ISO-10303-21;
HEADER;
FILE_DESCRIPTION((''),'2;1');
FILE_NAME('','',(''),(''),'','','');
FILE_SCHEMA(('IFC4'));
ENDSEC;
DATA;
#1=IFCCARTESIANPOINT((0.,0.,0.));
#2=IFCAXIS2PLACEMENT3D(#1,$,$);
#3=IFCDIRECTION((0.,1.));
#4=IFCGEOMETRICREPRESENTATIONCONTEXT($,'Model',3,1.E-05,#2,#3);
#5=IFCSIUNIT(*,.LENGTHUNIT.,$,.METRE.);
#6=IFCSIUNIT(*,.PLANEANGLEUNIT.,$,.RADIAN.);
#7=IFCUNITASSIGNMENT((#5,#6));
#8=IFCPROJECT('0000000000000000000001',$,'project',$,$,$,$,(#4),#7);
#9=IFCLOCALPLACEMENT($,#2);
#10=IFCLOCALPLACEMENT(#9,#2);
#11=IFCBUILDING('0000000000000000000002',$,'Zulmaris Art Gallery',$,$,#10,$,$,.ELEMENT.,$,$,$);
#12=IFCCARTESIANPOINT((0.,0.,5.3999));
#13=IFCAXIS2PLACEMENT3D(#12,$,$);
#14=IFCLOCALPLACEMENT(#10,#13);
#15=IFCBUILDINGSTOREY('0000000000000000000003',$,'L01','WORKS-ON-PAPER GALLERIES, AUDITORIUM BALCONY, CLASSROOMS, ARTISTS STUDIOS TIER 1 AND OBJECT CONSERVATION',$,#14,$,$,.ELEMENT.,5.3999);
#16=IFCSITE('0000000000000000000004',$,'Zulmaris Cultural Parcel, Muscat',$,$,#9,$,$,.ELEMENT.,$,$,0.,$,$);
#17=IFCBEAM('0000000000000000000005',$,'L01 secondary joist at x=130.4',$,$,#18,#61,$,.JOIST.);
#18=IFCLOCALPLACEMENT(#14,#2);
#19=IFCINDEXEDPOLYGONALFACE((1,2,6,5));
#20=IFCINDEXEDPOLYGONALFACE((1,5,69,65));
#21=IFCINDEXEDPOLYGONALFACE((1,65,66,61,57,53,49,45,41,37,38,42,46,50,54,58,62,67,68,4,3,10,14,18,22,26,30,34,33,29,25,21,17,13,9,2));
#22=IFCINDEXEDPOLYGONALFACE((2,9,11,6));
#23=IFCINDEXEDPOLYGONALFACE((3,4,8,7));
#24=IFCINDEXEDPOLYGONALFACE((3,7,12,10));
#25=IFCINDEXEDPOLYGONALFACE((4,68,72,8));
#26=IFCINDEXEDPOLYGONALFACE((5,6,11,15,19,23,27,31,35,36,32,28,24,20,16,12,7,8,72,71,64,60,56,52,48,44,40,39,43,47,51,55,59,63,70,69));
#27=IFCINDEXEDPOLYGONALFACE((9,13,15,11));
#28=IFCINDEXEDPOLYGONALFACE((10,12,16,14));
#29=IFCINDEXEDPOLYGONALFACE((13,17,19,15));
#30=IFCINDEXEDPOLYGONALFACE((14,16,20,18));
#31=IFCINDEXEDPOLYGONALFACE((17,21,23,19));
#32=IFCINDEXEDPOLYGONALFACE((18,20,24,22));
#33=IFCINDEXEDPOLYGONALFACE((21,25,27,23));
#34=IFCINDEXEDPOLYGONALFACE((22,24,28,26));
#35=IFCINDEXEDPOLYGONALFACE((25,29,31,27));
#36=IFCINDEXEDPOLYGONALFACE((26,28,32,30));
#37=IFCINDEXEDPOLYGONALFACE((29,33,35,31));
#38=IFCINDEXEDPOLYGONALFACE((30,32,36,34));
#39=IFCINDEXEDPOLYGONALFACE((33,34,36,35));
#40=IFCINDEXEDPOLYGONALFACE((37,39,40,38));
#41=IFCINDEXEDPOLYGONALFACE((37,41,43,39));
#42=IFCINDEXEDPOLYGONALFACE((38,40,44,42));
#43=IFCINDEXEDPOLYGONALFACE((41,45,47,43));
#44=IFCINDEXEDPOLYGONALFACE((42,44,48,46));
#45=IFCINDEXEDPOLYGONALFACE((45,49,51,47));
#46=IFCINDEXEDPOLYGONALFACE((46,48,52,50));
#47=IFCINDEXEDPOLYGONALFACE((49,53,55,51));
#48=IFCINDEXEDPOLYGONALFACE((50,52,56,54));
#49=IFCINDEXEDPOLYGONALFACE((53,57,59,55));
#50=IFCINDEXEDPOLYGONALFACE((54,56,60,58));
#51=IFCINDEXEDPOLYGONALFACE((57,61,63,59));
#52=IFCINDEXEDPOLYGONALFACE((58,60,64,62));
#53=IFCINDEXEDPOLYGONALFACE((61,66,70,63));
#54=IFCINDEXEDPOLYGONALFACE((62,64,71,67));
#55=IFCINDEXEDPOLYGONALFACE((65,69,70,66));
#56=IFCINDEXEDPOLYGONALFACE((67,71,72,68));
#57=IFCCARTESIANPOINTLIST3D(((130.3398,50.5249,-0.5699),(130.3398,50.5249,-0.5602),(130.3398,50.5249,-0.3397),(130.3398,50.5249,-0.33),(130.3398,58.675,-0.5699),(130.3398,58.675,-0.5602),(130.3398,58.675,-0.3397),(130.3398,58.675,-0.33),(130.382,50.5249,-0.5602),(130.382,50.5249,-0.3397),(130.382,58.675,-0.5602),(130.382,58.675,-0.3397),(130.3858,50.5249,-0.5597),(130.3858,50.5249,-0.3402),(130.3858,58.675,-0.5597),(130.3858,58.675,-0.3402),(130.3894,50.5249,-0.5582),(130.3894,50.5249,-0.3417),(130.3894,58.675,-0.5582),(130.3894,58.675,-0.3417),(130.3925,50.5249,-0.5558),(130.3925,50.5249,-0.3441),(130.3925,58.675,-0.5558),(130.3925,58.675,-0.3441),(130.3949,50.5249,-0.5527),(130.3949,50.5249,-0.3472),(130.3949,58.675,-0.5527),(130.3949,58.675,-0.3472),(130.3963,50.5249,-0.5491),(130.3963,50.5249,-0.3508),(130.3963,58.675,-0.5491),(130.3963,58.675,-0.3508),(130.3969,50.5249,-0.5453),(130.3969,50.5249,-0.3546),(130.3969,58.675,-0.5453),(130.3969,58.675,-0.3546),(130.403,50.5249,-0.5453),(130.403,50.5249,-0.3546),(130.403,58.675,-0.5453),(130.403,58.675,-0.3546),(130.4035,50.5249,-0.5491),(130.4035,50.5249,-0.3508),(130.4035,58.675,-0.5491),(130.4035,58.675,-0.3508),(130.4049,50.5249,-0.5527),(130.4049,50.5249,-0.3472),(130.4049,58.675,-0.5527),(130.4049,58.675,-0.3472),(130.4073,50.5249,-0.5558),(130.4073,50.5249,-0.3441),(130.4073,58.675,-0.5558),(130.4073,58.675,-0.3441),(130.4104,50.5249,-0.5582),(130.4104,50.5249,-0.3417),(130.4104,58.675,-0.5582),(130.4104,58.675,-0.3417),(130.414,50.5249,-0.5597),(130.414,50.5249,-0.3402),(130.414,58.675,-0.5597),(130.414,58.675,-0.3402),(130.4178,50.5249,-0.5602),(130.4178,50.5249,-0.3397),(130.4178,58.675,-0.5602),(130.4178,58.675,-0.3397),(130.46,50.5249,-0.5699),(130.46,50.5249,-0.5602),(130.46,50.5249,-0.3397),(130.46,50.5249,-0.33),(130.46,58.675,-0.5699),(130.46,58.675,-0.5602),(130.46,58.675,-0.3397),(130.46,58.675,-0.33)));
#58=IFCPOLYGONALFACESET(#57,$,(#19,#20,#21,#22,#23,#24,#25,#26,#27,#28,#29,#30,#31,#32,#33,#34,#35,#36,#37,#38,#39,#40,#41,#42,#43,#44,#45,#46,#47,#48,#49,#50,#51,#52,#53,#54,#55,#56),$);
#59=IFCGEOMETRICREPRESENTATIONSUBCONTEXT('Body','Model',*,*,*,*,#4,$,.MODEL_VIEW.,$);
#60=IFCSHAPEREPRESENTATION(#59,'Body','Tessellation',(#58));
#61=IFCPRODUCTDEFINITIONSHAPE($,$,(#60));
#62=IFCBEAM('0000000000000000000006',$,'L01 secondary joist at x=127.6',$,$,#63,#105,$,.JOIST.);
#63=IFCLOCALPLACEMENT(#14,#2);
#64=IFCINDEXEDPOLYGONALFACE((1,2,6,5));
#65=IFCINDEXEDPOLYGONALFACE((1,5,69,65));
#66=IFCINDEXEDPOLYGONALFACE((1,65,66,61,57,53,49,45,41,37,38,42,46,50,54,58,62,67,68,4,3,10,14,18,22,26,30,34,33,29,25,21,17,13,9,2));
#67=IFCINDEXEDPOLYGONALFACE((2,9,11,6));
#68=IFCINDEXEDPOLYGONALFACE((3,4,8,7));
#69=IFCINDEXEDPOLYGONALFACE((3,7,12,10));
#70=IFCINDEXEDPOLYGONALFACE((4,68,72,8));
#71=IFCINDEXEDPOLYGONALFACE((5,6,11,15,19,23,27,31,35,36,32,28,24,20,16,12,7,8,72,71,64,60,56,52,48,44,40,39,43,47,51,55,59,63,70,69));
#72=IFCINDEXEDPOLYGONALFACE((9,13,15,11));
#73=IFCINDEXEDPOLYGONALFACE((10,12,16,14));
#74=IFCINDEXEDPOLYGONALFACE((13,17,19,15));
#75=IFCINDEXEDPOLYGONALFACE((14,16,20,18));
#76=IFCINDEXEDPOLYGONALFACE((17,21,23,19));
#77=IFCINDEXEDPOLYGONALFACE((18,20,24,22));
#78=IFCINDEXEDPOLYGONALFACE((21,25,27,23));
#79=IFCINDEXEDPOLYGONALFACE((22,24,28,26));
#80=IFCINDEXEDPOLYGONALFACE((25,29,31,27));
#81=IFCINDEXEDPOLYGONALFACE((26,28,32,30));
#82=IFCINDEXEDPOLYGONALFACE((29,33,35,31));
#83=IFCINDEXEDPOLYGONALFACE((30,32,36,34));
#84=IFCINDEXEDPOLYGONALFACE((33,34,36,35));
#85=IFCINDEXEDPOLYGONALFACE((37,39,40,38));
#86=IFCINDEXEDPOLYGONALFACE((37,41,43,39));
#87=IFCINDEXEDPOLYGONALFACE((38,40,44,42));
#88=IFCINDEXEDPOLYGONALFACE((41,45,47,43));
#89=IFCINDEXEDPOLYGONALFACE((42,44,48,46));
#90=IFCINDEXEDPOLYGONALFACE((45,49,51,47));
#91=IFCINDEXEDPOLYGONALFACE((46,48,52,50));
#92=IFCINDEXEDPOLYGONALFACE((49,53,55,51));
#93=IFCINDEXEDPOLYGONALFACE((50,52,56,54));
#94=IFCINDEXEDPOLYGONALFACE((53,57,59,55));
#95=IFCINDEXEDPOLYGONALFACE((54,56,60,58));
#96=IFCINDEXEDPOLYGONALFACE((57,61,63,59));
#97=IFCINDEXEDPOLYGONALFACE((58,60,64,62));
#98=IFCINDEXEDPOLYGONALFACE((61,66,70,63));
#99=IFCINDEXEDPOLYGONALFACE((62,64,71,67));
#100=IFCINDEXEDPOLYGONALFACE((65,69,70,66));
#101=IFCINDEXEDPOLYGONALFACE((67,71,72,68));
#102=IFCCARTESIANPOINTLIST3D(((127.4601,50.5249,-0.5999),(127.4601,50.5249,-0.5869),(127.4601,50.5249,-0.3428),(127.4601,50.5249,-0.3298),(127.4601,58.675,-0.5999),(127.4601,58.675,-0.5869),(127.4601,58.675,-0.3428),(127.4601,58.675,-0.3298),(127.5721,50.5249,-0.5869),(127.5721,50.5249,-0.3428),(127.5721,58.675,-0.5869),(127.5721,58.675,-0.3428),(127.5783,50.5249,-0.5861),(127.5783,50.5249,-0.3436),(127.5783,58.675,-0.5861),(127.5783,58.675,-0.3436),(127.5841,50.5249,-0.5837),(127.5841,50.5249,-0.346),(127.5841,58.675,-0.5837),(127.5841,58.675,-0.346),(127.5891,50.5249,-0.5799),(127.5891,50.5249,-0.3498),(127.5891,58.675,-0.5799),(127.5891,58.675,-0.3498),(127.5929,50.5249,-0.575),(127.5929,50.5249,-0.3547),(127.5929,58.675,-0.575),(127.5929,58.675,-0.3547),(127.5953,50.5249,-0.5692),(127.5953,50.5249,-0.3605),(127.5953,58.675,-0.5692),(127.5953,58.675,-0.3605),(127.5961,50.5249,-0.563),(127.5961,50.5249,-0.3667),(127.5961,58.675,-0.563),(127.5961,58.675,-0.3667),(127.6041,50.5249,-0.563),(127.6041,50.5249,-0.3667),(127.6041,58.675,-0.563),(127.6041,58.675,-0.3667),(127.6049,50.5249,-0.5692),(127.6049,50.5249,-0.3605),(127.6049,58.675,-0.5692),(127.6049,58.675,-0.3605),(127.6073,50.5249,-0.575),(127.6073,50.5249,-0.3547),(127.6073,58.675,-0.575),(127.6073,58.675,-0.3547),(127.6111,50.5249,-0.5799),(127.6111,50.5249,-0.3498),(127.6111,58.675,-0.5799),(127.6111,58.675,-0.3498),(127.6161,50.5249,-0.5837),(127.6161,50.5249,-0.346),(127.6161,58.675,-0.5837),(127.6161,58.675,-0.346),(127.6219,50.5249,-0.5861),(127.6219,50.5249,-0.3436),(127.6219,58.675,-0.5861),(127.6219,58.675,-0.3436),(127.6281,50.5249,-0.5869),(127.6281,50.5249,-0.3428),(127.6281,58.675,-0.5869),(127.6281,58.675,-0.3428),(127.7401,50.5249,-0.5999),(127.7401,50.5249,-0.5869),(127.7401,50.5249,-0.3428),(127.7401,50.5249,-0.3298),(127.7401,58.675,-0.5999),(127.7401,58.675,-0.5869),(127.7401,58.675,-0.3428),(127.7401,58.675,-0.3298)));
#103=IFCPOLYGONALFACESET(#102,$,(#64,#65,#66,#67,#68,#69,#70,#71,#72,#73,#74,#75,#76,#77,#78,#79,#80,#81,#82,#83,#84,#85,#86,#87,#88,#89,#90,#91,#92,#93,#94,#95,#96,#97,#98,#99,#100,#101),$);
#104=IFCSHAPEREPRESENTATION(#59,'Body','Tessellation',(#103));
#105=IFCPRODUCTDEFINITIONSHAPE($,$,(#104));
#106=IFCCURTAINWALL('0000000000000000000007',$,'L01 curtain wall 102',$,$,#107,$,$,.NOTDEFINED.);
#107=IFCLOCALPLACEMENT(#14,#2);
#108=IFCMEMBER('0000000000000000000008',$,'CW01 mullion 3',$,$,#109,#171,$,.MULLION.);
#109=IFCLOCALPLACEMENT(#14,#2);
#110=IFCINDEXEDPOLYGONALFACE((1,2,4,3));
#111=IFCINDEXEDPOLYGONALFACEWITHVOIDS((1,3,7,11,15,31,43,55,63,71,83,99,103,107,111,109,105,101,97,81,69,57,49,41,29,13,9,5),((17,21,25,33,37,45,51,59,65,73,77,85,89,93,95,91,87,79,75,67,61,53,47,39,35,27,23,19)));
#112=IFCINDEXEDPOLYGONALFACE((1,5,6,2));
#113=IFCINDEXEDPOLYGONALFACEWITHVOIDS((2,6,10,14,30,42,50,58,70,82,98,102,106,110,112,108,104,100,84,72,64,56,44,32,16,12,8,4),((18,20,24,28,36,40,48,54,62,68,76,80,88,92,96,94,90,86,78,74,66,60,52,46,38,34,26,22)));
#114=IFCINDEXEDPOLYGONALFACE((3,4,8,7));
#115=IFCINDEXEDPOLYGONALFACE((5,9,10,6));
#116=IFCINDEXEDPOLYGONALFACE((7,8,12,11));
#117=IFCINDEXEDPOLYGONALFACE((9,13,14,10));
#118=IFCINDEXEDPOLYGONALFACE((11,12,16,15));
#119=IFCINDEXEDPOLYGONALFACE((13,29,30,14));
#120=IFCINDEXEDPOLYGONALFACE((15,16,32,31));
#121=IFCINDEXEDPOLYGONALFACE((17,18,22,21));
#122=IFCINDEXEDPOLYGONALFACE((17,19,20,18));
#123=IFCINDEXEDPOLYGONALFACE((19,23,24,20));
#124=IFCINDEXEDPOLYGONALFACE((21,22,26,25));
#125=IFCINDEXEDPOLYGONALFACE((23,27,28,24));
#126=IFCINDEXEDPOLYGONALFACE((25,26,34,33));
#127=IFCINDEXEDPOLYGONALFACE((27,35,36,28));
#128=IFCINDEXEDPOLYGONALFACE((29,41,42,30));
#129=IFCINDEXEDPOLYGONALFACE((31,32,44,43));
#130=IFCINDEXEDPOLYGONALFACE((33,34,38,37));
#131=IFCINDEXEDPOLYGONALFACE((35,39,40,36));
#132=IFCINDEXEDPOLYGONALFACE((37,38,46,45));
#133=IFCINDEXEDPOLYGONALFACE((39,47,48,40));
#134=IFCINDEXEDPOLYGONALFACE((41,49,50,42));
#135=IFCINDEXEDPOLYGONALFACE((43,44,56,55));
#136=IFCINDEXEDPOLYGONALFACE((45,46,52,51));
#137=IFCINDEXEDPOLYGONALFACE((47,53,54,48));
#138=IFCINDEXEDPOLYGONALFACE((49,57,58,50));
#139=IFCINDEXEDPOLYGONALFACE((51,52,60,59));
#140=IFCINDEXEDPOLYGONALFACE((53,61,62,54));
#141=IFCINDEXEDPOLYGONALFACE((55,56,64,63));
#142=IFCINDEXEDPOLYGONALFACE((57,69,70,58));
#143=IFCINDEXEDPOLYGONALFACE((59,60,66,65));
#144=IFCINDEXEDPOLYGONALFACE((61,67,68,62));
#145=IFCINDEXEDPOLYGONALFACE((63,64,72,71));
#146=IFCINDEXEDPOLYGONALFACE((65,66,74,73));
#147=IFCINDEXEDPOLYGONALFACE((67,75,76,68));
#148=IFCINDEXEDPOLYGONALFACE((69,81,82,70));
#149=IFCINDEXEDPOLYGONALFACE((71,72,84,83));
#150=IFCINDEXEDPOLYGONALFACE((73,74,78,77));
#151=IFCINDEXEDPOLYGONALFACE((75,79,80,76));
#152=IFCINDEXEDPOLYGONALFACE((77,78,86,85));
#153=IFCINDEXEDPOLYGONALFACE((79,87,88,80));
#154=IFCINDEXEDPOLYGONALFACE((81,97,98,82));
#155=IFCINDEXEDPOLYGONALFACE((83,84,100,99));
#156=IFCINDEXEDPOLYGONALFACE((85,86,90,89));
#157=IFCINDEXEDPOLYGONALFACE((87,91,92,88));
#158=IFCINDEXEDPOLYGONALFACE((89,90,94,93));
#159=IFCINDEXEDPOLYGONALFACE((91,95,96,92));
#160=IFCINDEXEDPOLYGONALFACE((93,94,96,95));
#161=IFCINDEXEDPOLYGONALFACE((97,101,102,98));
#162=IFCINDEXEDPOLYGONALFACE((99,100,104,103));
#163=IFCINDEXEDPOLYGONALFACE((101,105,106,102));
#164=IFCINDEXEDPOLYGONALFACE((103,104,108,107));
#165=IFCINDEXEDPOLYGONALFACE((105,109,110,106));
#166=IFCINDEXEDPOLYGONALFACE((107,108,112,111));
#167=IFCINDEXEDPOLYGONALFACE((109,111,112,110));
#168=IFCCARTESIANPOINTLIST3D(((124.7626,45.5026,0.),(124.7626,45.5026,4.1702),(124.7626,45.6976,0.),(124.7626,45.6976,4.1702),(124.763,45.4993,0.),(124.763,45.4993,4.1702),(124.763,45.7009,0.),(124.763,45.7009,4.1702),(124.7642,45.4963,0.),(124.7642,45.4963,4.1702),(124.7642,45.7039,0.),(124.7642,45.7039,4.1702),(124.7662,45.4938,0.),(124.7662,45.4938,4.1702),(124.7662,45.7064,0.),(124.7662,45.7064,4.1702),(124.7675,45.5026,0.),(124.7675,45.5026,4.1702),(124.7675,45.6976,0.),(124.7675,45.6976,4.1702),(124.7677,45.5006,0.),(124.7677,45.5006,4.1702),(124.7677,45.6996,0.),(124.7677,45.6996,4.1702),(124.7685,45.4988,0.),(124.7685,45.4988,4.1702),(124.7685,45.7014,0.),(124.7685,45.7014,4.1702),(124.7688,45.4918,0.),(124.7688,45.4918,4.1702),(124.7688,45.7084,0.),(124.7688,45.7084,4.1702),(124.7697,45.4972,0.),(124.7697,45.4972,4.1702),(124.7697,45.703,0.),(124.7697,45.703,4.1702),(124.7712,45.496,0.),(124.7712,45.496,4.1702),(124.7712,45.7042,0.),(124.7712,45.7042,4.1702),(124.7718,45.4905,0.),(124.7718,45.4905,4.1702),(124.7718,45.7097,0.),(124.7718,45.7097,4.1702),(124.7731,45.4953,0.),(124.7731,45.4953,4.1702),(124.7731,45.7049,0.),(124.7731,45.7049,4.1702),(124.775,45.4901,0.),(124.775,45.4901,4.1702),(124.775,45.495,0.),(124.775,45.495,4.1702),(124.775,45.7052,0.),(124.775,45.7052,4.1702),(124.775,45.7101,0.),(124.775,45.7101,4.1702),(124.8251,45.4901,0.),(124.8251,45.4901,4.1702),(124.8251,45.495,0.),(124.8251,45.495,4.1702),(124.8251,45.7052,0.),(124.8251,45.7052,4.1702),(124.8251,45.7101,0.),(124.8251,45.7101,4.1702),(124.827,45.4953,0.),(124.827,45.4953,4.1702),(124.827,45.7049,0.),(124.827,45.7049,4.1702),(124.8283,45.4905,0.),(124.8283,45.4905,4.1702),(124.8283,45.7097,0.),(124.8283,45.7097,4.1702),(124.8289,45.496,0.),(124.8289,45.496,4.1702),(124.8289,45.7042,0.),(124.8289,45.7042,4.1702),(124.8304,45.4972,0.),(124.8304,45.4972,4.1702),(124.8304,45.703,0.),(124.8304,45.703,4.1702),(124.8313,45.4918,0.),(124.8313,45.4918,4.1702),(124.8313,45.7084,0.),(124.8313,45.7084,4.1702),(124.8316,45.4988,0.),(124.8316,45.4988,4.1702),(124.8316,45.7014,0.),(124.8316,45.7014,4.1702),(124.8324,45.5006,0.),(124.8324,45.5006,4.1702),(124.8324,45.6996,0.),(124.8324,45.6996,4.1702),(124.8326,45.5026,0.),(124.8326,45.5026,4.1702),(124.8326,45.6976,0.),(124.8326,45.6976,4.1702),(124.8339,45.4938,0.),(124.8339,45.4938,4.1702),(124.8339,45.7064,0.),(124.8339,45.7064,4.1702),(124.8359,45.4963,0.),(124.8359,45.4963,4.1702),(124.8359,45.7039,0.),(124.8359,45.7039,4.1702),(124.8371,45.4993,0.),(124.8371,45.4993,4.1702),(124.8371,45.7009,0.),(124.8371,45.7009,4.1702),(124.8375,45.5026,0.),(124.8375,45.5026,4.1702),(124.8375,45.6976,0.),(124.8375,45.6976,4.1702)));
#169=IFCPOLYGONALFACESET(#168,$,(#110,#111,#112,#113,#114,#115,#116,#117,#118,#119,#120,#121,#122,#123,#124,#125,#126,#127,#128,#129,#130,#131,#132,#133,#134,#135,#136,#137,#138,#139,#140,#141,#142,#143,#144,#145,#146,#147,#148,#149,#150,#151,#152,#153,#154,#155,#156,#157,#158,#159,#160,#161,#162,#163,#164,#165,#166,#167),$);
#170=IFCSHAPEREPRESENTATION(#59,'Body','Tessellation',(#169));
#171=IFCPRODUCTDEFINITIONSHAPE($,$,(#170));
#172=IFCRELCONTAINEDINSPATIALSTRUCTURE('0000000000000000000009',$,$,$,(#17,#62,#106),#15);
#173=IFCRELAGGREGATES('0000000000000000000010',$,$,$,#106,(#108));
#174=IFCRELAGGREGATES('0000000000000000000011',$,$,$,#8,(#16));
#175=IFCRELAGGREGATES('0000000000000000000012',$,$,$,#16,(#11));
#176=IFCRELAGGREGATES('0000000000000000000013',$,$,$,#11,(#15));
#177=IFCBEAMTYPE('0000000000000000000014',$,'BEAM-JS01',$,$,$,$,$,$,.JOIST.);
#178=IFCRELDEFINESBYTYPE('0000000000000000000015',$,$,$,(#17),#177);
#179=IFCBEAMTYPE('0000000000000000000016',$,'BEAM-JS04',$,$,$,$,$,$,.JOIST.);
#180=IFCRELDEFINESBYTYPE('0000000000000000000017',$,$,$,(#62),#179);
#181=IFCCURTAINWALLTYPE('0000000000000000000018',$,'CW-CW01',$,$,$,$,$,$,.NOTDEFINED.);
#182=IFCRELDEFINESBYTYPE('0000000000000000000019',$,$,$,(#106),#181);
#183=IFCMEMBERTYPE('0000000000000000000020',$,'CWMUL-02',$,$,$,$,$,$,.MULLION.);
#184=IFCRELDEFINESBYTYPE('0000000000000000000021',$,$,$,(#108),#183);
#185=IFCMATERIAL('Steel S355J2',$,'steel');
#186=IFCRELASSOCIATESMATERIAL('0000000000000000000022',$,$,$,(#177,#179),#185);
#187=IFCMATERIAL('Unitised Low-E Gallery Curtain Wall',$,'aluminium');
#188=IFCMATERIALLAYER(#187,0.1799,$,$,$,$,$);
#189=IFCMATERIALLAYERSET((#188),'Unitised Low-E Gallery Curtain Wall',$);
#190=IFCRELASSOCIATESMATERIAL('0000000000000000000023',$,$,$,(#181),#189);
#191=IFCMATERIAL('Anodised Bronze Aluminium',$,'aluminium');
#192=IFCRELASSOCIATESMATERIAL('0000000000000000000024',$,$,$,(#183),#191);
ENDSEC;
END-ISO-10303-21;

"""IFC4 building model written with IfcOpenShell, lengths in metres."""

from ifc_helpers import new_model, si_unit, direction, frame, origin, origin_2d, place, context, subcontext, project, spatial, hollow_rectangle, i_section, extrude, material, layer, layer_set, material_profile, profile_set, type_object, element, aggregate, save


model = new_model("IFC4")

# Units and contexts
model_context = context("Model", 3, precision=1e-05, world=origin(), true_north=direction((0.0, 1.0)))
body_context = subcontext(model_context, "Body", "Model", "MODEL_VIEW")
ifc_project = project(units=[si_unit("LENGTHUNIT", "METRE"), si_unit("PLANEANGLEUNIT", "RADIAN")], contexts=[model_context])

# Site, building, storey
site_placement = place(None, origin())
site = spatial("IfcSite", under=ifc_project, at=site_placement, Name="Zulmaris Cultural Parcel, Muscat", CompositionType="ELEMENT", RefElevation=0.0)
building_placement = place(site_placement, origin())
building = spatial("IfcBuilding", under=site, at=building_placement, Name="Zulmaris Art Gallery", CompositionType="ELEMENT")
storey_placement = place(building_placement, frame((0.0, 0.0, 5.3999)))
storey = spatial("IfcBuildingStorey", under=building, at=storey_placement, Name="L01", Description="WORKS-ON-PAPER GALLERIES, AUDITORIUM BALCONY, CLASSROOMS, ARTISTS STUDIOS TIER 1 AND OBJECT CONSERVATION", CompositionType="ELEMENT", Elevation=5.3999)

# Beams
ifc_material_1 = material(Name="Steel S355J2", Category="steel")
ifc_material_profile_1 = material_profile(ifc_material_1, i_section(OverallWidth=0.1201, OverallDepth=0.24, WebThickness=0.0061, FlangeThickness=0.0098, FilletRadius=0.0149, at=origin_2d()), Name="IPE 240")
ifc_profile_set_1 = profile_set([ifc_material_profile_1], Name="Steel S355J2")
beam_type_1 = type_object("IfcBeamType", Name="BEAM-JS01", PredefinedType="JOIST", material=ifc_profile_set_1)
beam_1_placement = place(storey_placement, frame((130.3999, 50.5249, -0.45), z_axis=(0.0, 1.0, 0.0), x_axis=(-1.0, 0.0, 0.0)))
element("IfcBeam", 1, at=beam_1_placement, inside=storey, type_object=beam_type_1, Name="L01 secondary joist at x=130.4", PredefinedType="JOIST", context=body_context, shape_type="SweptSolid", body=[
    extrude(i_section(OverallWidth=0.1201, OverallDepth=0.24, WebThickness=0.0061, FlangeThickness=0.0098, FilletRadius=0.0149, at=origin_2d()), origin(), (0.0, 0.0, 1.0), 8.1501),
])
ifc_material_profile_2 = material_profile(ifc_material_1, i_section(OverallWidth=0.28, OverallDepth=0.27, WebThickness=0.0081, FlangeThickness=0.0129, FilletRadius=0.0239, at=origin_2d()), Name="HEA 280")
ifc_profile_set_2 = profile_set([ifc_material_profile_2], Name="Steel S355J2")
beam_type_2 = type_object("IfcBeamType", Name="BEAM-JS04", PredefinedType="JOIST", material=ifc_profile_set_2)
beam_2_placement = place(storey_placement, frame((127.6001, 50.5249, -0.4648), z_axis=(0.0, 1.0, 0.0), x_axis=(-1.0, 0.0, 0.0)))
element("IfcBeam", 2, at=beam_2_placement, inside=storey, type_object=beam_type_2, Name="L01 secondary joist at x=127.6", PredefinedType="JOIST", context=body_context, shape_type="SweptSolid", body=[
    extrude(i_section(OverallWidth=0.28, OverallDepth=0.27, WebThickness=0.0081, FlangeThickness=0.0129, FilletRadius=0.0239, at=origin_2d()), origin(), (0.0, 0.0, 1.0), 8.1501),
])

# Curtain wall, member
ifc_material_2 = material(Name="Unitised Low-E Gallery Curtain Wall", Category="aluminium")
ifc_layer_1 = layer(ifc_material_2, 0.1799)
ifc_layer_set_1 = layer_set([ifc_layer_1], Name="Unitised Low-E Gallery Curtain Wall")
curtain_wall_type = type_object("IfcCurtainWallType", Name="CW-CW01", PredefinedType="NOTDEFINED", material=ifc_layer_set_1)
curtain_wall_1_placement = place(storey_placement, origin())
curtain_wall_1 = element("IfcCurtainWall", 3, at=curtain_wall_1_placement, inside=storey, type_object=curtain_wall_type, Name="L01 curtain wall 102", PredefinedType="NOTDEFINED")
ifc_material_3 = material(Name="Anodised Bronze Aluminium", Category="aluminium")
ifc_material_profile_3 = material_profile(ifc_material_3, hollow_rectangle(XDim=0.075, YDim=0.22, WallThickness=0.0049, InnerFilletRadius=0.0076, OuterFilletRadius=0.0125, at=origin_2d()), Name="ALU 75x220x5")
ifc_profile_set_3 = profile_set([ifc_material_profile_3], Name="Anodised Bronze Aluminium")
member_type_1 = type_object("IfcMemberType", Name="CWMUL-02", PredefinedType="MULLION", material=ifc_profile_set_3)
member_1_placement = place(storey_placement, frame((124.8, 45.6001, 0.0), z_axis=(0.0, 0.0, 1.0), x_axis=(-1.0, 0.0, 0.0)))
member_1 = element("IfcMember", 4, at=member_1_placement, type_object=member_type_1, Name="CW01 mullion 3", PredefinedType="MULLION", context=body_context, shape_type="SweptSolid", body=[
    extrude(hollow_rectangle(XDim=0.075, YDim=0.22, WallThickness=0.0049, InnerFilletRadius=0.0076, OuterFilletRadius=0.0125, at=origin_2d()), origin(), (0.0, 0.0, 1.0), 4.1702),
])

aggregate(curtain_wall_1, [member_1])

save(model, "model.ifc")
